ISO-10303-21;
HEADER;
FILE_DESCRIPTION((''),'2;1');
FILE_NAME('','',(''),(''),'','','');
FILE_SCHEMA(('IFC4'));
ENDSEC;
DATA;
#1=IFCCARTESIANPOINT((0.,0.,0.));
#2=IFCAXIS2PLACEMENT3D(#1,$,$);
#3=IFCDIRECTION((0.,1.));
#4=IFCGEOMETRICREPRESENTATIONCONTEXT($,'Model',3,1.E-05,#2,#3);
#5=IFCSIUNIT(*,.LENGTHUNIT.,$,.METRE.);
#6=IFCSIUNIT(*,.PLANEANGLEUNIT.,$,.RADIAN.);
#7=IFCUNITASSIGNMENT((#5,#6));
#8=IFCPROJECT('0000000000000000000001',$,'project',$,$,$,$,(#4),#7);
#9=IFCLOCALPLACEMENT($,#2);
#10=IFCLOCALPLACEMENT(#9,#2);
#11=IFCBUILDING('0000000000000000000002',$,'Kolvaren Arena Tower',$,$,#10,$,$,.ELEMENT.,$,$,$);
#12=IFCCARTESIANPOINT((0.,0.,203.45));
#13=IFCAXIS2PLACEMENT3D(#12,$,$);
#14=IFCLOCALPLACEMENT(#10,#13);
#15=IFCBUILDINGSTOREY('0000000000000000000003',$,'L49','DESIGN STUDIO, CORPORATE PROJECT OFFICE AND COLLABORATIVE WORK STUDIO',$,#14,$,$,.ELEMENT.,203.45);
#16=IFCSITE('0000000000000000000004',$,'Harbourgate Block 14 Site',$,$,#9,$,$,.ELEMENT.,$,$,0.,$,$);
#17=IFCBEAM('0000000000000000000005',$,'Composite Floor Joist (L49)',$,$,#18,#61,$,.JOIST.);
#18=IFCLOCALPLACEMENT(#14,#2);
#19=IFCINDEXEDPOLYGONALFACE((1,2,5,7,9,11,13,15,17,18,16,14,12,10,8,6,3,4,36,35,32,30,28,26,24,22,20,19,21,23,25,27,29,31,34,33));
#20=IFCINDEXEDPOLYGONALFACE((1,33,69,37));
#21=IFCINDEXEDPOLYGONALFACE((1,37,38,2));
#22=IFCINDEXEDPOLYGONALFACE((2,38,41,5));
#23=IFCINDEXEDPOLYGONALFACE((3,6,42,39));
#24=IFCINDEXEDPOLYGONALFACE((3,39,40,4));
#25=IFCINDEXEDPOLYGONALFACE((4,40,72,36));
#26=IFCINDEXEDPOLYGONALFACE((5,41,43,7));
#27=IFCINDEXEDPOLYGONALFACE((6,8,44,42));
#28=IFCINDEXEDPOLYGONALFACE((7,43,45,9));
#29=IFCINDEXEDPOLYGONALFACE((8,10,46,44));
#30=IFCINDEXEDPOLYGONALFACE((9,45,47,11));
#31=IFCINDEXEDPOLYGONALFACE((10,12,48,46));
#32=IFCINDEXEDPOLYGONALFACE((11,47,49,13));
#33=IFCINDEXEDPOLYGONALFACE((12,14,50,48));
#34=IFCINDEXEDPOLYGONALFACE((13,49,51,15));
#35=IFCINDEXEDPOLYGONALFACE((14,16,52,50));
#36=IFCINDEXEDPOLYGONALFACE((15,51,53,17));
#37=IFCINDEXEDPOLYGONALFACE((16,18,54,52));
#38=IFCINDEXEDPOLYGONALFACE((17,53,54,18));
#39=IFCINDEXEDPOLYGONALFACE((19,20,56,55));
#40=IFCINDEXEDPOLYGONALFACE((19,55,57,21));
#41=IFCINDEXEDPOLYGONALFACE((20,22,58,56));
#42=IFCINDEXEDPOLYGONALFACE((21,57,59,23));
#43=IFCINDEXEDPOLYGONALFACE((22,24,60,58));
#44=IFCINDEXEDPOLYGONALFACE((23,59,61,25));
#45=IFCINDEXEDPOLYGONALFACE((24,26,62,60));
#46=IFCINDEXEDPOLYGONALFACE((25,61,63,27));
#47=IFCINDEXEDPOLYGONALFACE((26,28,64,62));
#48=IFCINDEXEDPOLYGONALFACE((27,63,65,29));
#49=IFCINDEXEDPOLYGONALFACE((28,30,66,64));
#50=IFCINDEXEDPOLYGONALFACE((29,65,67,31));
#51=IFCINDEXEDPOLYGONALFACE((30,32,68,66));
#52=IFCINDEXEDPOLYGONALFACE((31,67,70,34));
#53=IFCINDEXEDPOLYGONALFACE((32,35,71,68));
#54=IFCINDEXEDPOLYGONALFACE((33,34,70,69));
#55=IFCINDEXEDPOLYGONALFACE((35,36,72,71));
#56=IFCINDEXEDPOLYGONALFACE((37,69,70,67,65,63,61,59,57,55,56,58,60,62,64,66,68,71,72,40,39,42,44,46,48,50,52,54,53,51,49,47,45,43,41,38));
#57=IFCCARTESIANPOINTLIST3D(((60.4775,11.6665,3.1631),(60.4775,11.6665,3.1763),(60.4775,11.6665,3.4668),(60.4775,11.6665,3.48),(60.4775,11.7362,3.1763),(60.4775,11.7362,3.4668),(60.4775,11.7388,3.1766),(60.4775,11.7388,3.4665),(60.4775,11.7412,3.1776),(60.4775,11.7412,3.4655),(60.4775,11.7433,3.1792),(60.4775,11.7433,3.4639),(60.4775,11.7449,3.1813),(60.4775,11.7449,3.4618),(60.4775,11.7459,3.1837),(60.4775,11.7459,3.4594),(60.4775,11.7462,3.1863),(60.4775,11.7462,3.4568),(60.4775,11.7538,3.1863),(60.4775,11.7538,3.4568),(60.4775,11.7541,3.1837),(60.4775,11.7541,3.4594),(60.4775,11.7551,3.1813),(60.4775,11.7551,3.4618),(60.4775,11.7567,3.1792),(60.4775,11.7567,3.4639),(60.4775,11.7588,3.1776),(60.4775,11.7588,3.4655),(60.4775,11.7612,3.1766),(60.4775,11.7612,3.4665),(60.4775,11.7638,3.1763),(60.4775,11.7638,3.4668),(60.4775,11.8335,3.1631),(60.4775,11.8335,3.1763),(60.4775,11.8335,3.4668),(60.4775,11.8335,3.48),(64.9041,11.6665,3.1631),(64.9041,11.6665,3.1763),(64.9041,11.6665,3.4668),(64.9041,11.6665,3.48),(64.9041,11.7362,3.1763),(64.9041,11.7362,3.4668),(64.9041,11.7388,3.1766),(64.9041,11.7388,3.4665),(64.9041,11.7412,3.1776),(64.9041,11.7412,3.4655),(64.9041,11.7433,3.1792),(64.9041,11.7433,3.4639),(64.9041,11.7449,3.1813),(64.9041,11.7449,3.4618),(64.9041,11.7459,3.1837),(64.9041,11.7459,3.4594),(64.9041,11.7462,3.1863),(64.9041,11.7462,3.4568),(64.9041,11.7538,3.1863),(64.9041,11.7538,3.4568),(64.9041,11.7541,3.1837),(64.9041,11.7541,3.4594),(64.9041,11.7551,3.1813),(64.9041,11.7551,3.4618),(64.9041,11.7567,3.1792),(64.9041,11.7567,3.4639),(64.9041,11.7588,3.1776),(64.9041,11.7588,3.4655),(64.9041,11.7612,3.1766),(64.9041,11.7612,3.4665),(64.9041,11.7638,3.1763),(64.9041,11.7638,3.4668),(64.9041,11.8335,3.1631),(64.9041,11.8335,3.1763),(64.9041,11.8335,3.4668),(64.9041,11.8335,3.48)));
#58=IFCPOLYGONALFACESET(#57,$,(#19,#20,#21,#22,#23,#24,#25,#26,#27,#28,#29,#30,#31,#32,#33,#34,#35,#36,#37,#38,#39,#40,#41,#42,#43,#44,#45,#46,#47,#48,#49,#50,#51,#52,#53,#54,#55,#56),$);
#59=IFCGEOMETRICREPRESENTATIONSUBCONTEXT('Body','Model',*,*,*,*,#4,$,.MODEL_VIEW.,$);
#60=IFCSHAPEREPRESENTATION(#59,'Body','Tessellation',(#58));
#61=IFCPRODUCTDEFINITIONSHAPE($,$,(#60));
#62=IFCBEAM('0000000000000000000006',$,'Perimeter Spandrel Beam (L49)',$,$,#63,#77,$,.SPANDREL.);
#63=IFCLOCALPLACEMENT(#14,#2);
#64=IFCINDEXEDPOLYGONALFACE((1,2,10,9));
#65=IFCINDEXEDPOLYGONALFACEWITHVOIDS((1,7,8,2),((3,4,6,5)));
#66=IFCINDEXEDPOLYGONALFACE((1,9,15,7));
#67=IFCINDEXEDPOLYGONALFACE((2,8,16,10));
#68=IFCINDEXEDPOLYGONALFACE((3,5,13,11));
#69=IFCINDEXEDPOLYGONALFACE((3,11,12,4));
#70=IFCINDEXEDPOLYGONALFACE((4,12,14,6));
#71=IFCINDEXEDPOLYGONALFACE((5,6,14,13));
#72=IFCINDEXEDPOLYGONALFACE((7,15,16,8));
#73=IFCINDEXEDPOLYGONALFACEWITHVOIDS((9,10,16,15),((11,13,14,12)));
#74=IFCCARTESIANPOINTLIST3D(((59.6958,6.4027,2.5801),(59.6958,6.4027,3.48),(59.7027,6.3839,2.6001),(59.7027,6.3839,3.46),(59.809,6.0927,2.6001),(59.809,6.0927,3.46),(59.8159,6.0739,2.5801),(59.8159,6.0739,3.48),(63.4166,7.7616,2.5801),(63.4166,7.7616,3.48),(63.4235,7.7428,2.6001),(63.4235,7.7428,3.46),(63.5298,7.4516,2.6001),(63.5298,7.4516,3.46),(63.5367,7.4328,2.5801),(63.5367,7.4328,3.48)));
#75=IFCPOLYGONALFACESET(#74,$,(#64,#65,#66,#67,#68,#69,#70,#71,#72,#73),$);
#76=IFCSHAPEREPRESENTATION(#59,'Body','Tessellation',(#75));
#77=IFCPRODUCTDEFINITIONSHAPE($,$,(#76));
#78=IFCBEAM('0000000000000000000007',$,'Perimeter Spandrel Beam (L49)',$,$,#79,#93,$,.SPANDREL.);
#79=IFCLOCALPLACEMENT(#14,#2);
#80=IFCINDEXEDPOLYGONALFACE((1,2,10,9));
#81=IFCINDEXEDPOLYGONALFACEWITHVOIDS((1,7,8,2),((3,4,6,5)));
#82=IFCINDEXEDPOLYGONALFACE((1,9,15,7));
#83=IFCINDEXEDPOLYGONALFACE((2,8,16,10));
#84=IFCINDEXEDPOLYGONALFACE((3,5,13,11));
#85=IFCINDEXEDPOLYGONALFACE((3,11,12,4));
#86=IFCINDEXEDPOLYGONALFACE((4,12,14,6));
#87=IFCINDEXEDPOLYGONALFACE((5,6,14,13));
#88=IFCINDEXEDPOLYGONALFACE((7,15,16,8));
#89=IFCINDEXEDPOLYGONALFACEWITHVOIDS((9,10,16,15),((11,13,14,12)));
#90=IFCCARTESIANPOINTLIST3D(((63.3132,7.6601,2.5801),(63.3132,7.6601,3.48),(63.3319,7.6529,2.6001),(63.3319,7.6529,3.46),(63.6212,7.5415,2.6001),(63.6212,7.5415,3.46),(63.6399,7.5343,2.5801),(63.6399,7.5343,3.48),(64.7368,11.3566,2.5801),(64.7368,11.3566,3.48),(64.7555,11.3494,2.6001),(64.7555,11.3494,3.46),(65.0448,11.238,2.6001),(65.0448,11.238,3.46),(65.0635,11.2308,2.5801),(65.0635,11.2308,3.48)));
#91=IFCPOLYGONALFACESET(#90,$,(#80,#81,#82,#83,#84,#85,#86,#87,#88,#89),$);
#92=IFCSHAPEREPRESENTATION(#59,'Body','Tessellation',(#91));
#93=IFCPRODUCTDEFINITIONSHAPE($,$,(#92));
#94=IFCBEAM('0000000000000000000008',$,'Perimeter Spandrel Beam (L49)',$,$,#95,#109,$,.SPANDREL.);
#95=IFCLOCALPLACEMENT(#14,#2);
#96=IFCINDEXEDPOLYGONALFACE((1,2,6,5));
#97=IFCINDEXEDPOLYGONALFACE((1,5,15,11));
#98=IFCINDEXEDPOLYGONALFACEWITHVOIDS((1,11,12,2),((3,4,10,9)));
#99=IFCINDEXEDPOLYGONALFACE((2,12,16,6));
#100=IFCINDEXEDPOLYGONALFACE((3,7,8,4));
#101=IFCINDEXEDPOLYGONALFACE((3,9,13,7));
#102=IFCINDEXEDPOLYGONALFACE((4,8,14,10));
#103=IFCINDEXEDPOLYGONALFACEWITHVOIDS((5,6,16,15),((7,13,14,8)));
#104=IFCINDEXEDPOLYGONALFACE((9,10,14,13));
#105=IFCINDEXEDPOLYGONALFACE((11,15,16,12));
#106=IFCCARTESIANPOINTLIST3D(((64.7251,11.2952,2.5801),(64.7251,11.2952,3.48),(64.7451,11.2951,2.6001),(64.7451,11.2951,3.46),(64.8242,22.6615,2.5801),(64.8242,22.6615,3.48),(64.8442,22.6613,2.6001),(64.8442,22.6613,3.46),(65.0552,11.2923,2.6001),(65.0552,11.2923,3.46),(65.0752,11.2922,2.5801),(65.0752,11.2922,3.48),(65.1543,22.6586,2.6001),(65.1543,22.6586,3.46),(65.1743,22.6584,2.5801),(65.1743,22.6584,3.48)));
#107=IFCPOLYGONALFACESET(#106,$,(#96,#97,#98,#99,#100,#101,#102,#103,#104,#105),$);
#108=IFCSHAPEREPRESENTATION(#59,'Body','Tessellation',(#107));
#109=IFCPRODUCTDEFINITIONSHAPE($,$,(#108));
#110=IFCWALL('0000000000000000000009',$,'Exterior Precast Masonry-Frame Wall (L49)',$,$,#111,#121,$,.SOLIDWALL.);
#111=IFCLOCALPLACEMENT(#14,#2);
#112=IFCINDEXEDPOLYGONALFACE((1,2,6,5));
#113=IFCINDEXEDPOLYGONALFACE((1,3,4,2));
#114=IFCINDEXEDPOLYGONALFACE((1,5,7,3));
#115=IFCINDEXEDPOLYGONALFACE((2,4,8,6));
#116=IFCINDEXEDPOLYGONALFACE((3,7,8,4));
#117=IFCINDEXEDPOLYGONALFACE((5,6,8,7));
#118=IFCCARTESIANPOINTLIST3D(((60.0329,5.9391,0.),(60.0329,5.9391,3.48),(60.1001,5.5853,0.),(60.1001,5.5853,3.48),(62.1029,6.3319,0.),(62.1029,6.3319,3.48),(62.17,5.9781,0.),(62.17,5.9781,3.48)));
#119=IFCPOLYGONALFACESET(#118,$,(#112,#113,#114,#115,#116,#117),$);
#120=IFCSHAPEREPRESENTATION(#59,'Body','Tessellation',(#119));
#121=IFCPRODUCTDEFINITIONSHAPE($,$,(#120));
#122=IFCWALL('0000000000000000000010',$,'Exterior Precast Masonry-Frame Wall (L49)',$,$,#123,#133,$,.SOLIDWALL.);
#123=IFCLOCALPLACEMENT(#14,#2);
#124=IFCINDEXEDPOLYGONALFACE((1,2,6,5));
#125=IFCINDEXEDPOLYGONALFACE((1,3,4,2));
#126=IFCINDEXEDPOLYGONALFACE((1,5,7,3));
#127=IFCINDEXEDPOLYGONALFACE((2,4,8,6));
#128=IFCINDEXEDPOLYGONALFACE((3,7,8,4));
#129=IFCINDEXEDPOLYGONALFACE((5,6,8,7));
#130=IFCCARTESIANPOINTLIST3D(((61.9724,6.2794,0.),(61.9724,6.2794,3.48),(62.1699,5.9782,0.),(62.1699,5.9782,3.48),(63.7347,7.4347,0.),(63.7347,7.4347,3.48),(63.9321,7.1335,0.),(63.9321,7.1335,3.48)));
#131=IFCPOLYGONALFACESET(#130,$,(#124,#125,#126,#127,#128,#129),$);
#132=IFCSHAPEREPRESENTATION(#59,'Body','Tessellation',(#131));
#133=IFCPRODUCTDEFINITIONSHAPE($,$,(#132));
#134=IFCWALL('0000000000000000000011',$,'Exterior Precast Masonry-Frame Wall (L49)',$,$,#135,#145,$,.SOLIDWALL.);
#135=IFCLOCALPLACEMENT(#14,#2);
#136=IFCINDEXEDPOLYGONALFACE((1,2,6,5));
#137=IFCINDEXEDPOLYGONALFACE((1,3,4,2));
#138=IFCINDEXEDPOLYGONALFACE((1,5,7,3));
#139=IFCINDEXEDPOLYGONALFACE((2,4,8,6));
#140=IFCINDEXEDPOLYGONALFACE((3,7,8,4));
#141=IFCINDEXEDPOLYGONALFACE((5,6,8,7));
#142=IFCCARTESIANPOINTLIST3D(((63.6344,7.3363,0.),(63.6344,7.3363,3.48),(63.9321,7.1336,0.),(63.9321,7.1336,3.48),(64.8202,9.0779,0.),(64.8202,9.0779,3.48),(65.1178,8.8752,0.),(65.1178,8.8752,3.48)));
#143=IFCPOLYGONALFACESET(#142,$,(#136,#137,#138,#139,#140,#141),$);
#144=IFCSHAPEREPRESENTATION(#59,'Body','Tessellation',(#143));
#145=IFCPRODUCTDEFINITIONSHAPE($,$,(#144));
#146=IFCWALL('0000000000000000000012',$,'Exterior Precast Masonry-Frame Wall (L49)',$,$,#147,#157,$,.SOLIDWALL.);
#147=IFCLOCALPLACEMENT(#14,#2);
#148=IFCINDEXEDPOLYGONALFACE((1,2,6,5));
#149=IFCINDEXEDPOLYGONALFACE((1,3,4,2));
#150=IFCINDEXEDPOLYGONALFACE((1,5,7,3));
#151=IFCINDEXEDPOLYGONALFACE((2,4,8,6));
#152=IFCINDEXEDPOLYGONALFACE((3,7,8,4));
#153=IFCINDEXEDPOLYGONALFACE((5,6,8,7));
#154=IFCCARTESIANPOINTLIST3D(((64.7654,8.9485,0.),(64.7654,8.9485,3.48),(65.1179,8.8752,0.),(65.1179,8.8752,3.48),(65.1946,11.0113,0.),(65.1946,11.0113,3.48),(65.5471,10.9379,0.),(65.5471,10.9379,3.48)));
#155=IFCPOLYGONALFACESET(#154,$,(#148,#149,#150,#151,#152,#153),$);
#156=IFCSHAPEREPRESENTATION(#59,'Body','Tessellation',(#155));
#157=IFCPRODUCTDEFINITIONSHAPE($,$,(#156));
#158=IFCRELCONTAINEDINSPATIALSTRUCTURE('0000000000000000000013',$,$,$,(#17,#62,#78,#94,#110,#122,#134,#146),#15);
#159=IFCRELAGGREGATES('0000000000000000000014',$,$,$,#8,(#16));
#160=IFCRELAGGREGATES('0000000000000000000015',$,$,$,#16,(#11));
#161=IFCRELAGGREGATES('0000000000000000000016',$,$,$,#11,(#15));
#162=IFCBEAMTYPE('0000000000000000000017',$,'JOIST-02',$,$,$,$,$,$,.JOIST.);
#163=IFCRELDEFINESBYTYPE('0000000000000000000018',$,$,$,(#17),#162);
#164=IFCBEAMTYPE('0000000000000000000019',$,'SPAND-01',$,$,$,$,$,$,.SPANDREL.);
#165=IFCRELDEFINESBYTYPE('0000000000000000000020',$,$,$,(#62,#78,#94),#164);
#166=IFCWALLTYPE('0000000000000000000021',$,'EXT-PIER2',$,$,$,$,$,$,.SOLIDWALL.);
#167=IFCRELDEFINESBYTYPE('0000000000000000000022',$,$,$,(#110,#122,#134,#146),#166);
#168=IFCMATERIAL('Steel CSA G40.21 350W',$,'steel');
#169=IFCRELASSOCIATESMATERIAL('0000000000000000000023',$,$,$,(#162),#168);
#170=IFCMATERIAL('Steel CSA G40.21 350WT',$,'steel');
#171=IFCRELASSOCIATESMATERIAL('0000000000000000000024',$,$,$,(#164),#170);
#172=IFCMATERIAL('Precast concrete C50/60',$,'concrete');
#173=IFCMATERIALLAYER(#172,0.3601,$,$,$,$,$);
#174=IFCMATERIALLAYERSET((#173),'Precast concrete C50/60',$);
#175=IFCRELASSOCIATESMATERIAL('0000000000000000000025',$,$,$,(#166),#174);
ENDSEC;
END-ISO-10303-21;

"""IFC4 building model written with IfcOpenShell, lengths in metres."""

from ifc_helpers import new_model, si_unit, direction, frame, frame_2d, origin, origin_2d, place, context, subcontext, project, spatial, rectangle, hollow_rectangle, i_section, extrude, material, layer, layer_set, material_profile, profile_set, type_object, element, save


model = new_model("IFC4")

# Units and contexts
model_context = context("Model", 3, precision=1e-05, world=origin(), true_north=direction((0.0, 1.0)))
body_context = subcontext(model_context, "Body", "Model", "MODEL_VIEW")
ifc_project = project(units=[si_unit("LENGTHUNIT", "METRE"), si_unit("PLANEANGLEUNIT", "RADIAN")], contexts=[model_context])

# Site, building, storey
site_placement = place(None, origin())
site = spatial("IfcSite", under=ifc_project, at=site_placement, Name="Harbourgate Block 14 Site", CompositionType="ELEMENT", RefElevation=0.0)
building_placement = place(site_placement, origin())
building = spatial("IfcBuilding", under=site, at=building_placement, Name="Kolvaren Arena Tower", CompositionType="ELEMENT")
storey_placement = place(building_placement, frame((0.0, 0.0, 203.45)))
storey = spatial("IfcBuildingStorey", under=building, at=storey_placement, Name="L49", Description="DESIGN STUDIO, CORPORATE PROJECT OFFICE AND COLLABORATIVE WORK STUDIO", CompositionType="ELEMENT", Elevation=203.45)

# Beams
ifc_material_1 = material(Name="Steel CSA G40.21 350W", Category="steel")
ifc_material_profile_1 = material_profile(ifc_material_1, i_section(OverallWidth=0.167, OverallDepth=0.3169, WebThickness=0.0076, FlangeThickness=0.0132, FilletRadius=0.01, at=origin_2d()), Name="W310x52")
ifc_profile_set_1 = profile_set([ifc_material_profile_1], Name="Steel CSA G40.21 350W")
beam_type_1 = type_object("IfcBeamType", Name="JOIST-02", PredefinedType="JOIST", material=ifc_profile_set_1)
beam_1_placement = place(storey_placement, frame((60.4775, 11.75, 3.3215), z_axis=(1.0, 0.0, 0.0), x_axis=(0.0, 1.0, 0.0)))
element("IfcBeam", 1, at=beam_1_placement, inside=storey, type_object=beam_type_1, Name="Composite Floor Joist (L49)", PredefinedType="JOIST", context=body_context, shape_type="SweptSolid", body=[
    extrude(i_section(OverallWidth=0.167, OverallDepth=0.3169, WebThickness=0.0076, FlangeThickness=0.0132, FilletRadius=0.01, at=origin_2d()), origin(), (0.0, 0.0, 1.0), 4.4265),
])
ifc_material_2 = material(Name="Steel CSA G40.21 350WT", Category="steel")
ifc_material_profile_2 = material_profile(ifc_material_2, hollow_rectangle(XDim=0.3501, YDim=0.8999, WallThickness=0.02, at=origin_2d()), Name="HSS 900x350x20")
ifc_profile_set_2 = profile_set([ifc_material_profile_2], Name="Steel CSA G40.21 350WT")
beam_type_2 = type_object("IfcBeamType", Name="SPAND-01", PredefinedType="SPANDREL", material=ifc_profile_set_2)
for number, where, z_axis, x_axis, name in (
    (2, (59.7559, 6.2383, 3.03), (0.939314, 0.343059, 0.0), (-0.343059, 0.939314, 0.0), "Perimeter Spandrel Beam (L49)"),
    (3, (63.4766, 7.5972, 3.03), (0.359384, 0.93319, 0.0), (-0.93319, 0.359384, 0.0), "Perimeter Spandrel Beam (L49)"),
):
    element("IfcBeam", number, at=place(storey_placement, frame(where, z_axis=z_axis, x_axis=x_axis)), inside=storey, type_object=beam_type_2, Name=name, PredefinedType="SPANDREL", context=body_context, shape_type="SweptSolid", body=[
        extrude(hollow_rectangle(XDim=0.3501, YDim=0.8999, WallThickness=0.02, at=origin_2d()), origin(), (0.0, 0.0, 1.0), 3.9612),
    ])
beam_2_placement = place(storey_placement, frame((64.9001, 11.2937, 3.03), z_axis=(0.00872, 0.999962, 0.0), x_axis=(-0.999962, 0.00872, 0.0)))
element("IfcBeam", 4, at=beam_2_placement, inside=storey, type_object=beam_type_2, Name="Perimeter Spandrel Beam (L49)", PredefinedType="SPANDREL", context=body_context, shape_type="SweptSolid", body=[
    extrude(hollow_rectangle(XDim=0.3501, YDim=0.8999, WallThickness=0.02, at=origin_2d()), origin(), (0.0, 0.0, 1.0), 11.3667),
])

# Walls
ifc_material_3 = material(Name="Precast concrete C50/60", Category="concrete")
ifc_layer_1 = layer(ifc_material_3, 0.3601)
ifc_layer_set_1 = layer_set([ifc_layer_1], Name="Precast concrete C50/60")
wall_type_1 = type_object("IfcWallType", Name="EXT-PIER2", PredefinedType="SOLIDWALL", material=ifc_layer_set_1)
wall_1_placement = place(storey_placement, frame((62.1365, 6.155, 0.0), z_axis=(0.0, 0.0, 1.0), x_axis=(-0.982467, -0.186436, 0.0)))
element("IfcWall", 5, at=wall_1_placement, inside=storey, type_object=wall_type_1, Name="Exterior Precast Masonry-Frame Wall (L49)", PredefinedType="SOLIDWALL", context=body_context, shape_type="SweptSolid", body=[
    extrude(rectangle(XDim=2.1069, YDim=0.3601, at=frame_2d((1.0535, 0.0))), origin(), (0.0, 0.0, 1.0), 3.48),
])
wall_2_placement = place(storey_placement, frame((63.8335, 7.2842, 0.0), z_axis=(0.0, 0.0, 1.0), x_axis=(-0.836304, -0.548267, 0.0)))
element("IfcWall", 6, at=wall_2_placement, inside=storey, type_object=wall_type_1, Name="Exterior Precast Masonry-Frame Wall (L49)", PredefinedType="SOLIDWALL", context=body_context, shape_type="SweptSolid", body=[
    extrude(rectangle(XDim=2.1072, YDim=0.3601, at=frame_2d((1.0537, 0.0))), origin(), (0.0, 0.0, 1.0), 3.48),
])
for number, where, z_axis, x_axis, name in (
    (7, (64.969, 8.9766, 0.0), (0.0, 0.0, 1.0), (-0.562776, -0.82661, 0.0), "Exterior Precast Masonry-Frame Wall (L49)"),
    (8, (65.3708, 10.9746, 0.0), (0.0, 0.0, 1.0), (-0.203709, -0.979031, 0.0), "Exterior Precast Masonry-Frame Wall (L49)"),
):
    element("IfcWall", number, at=place(storey_placement, frame(where, z_axis=z_axis, x_axis=x_axis)), inside=storey, type_object=wall_type_1, Name=name, PredefinedType="SOLIDWALL", context=body_context, shape_type="SweptSolid", body=[
        extrude(rectangle(XDim=2.1069, YDim=0.3601, at=frame_2d((1.0535, 0.0))), origin(), (0.0, 0.0, 1.0), 3.48),
    ])

save(model, "model.ifc")
